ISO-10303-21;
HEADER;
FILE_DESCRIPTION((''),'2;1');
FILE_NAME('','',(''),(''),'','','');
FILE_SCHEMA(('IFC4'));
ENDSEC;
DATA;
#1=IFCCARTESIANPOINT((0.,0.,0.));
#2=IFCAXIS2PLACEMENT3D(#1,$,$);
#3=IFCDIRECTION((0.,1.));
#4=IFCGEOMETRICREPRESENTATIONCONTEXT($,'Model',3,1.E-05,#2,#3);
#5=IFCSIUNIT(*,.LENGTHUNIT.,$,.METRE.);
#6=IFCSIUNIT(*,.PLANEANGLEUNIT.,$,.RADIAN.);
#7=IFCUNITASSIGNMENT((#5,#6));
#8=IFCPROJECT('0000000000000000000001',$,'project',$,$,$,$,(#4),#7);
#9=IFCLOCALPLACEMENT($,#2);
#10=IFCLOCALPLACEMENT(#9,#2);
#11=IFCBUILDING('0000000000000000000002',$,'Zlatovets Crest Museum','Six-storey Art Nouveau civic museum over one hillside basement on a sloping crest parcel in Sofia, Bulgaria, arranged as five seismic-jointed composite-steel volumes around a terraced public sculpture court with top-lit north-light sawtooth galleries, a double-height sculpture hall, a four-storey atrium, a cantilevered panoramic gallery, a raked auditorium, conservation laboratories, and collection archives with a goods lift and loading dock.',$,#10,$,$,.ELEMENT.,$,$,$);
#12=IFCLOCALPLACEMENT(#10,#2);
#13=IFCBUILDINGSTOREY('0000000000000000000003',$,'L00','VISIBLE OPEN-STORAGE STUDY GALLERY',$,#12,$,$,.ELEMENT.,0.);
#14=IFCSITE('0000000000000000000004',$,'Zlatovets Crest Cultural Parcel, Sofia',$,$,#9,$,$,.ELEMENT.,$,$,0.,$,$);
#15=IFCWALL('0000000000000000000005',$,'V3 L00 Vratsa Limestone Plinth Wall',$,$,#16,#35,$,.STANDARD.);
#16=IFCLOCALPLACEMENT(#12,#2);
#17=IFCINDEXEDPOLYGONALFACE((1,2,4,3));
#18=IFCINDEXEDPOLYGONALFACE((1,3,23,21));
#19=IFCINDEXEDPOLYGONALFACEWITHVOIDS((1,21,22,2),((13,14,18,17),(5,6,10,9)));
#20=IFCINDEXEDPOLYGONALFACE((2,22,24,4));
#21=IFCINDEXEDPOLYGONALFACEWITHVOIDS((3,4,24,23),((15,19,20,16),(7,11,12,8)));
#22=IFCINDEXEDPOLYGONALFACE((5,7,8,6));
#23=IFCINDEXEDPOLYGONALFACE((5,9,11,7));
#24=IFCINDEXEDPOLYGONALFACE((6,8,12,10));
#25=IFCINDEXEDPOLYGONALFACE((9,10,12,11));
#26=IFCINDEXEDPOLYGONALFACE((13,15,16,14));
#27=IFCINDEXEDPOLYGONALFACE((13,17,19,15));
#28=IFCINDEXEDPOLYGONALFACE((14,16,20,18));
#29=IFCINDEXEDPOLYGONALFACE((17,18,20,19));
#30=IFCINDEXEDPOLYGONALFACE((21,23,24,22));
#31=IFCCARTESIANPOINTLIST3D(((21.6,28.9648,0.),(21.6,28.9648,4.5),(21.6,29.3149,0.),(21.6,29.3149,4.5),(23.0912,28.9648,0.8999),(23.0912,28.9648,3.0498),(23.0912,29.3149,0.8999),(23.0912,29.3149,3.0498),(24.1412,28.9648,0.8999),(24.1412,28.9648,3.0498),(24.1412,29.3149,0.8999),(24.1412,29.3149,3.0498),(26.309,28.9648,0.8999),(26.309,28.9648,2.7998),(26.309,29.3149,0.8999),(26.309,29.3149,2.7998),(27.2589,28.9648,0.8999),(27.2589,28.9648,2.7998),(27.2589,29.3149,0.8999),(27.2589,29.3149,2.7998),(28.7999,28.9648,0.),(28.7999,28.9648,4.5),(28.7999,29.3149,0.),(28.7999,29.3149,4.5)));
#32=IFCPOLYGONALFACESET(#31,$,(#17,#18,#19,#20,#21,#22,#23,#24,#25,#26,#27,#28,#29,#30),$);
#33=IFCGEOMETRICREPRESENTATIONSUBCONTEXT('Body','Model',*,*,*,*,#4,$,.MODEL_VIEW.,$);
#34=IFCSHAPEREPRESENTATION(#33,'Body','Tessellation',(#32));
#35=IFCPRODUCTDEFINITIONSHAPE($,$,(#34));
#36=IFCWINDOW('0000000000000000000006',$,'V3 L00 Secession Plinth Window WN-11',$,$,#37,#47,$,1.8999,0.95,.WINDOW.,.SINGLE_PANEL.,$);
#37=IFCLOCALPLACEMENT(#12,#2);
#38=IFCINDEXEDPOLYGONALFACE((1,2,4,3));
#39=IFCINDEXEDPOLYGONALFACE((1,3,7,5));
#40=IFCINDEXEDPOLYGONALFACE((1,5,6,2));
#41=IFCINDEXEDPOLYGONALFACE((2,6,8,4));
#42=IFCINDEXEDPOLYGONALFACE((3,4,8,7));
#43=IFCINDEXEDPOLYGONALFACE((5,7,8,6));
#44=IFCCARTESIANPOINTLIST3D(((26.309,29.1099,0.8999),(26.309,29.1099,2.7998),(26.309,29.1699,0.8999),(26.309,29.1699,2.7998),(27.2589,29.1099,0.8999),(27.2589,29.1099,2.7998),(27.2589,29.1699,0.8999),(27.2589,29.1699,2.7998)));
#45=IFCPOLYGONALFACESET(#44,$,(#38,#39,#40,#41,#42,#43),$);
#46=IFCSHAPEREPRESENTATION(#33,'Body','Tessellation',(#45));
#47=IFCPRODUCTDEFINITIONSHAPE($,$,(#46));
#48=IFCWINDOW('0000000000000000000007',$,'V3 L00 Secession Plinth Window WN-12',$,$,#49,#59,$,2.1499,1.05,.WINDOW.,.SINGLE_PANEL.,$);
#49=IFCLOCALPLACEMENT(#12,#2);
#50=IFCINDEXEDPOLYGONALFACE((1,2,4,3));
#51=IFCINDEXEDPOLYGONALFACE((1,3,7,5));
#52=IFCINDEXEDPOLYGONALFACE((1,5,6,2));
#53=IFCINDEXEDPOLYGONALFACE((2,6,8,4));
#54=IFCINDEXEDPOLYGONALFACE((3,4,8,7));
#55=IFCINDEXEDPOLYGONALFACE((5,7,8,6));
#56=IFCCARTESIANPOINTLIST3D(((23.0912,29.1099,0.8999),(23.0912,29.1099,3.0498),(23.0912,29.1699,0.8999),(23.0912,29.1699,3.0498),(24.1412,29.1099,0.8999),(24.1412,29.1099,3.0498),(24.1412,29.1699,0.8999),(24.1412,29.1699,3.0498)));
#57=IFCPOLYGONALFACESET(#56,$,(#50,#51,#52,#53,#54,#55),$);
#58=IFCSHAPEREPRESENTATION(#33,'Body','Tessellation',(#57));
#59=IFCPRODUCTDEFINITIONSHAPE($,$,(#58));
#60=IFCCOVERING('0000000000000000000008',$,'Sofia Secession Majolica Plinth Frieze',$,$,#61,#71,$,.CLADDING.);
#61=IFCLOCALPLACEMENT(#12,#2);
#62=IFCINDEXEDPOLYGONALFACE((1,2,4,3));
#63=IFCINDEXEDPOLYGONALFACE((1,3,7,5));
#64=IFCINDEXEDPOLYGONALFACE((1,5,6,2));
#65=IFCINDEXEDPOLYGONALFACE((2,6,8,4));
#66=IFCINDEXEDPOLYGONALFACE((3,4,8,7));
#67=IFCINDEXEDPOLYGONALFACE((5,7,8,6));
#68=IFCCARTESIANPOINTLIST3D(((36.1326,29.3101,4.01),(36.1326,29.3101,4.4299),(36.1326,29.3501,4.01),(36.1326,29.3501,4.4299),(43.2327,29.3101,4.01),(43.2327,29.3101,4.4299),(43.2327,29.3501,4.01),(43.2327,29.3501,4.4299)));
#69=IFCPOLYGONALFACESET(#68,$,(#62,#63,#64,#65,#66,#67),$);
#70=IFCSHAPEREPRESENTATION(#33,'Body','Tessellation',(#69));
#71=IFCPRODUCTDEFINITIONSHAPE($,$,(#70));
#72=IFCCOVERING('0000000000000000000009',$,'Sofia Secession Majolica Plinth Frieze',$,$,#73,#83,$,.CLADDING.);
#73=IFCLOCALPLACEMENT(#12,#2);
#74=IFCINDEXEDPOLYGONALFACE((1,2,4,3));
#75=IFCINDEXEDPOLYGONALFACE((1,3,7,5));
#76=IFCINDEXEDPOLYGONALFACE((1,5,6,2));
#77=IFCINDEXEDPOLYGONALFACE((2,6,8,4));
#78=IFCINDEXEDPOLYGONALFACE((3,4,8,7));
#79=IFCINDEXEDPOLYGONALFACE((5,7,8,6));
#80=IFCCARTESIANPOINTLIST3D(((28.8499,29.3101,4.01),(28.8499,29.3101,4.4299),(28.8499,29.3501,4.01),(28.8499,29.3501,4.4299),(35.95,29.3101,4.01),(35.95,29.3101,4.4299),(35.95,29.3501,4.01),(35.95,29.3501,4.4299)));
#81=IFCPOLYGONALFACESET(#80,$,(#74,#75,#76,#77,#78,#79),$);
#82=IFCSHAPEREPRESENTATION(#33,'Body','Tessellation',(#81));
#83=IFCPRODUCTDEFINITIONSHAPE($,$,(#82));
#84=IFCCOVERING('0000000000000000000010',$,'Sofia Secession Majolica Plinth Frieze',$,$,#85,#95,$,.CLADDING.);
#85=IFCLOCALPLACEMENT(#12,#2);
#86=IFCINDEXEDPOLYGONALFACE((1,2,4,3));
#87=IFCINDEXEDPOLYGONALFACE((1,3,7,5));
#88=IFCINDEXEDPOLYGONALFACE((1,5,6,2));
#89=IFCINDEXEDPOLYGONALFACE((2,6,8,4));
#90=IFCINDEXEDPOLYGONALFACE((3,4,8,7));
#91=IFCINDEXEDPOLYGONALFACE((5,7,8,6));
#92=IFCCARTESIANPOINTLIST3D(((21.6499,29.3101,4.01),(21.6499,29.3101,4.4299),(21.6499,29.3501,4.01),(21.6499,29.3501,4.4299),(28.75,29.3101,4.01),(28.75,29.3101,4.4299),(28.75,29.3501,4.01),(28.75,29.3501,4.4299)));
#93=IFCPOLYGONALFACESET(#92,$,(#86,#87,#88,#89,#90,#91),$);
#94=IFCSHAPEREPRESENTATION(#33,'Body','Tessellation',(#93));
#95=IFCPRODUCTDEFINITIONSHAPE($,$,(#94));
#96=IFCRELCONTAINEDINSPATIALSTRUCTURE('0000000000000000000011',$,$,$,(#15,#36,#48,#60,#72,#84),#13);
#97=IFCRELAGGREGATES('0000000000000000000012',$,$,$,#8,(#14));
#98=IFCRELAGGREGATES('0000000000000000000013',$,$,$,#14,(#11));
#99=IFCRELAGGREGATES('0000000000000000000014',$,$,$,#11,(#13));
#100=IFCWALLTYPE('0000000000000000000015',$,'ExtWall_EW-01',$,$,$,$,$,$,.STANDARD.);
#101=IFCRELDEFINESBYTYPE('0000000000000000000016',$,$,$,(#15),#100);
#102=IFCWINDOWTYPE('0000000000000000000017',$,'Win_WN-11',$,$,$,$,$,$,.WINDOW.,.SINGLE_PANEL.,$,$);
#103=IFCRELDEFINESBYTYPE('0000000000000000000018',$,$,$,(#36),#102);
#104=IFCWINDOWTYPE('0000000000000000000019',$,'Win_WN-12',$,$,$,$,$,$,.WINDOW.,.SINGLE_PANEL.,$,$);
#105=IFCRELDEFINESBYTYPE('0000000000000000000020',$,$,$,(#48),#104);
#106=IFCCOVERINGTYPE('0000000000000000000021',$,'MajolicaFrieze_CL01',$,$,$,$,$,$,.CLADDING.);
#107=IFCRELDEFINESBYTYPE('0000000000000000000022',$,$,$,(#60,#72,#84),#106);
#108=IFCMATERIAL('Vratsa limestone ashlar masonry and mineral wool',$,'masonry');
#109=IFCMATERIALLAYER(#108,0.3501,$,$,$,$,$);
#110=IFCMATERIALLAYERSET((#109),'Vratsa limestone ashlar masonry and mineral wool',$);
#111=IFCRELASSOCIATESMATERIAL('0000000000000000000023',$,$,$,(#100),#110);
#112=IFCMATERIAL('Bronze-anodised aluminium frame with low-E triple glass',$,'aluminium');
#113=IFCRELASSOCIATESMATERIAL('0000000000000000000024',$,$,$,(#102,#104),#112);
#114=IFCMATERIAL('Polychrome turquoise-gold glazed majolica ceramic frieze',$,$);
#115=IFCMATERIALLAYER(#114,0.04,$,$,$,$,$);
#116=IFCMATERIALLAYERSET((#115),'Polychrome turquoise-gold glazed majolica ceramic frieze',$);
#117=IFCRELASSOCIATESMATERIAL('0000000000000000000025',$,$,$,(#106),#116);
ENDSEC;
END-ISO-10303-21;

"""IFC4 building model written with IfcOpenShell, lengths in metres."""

from ifc_helpers import new_model, si_unit, direction, frame, frame_2d, origin, origin_2d, place, context, subcontext, project, spatial, rectangle, extrude, material, layer, layer_set, type_object, element, fill, save


model = new_model("IFC4")

# Units and contexts
model_context = context("Model", 3, precision=1e-05, world=origin(), true_north=direction((0.0, 1.0)))
body_context = subcontext(model_context, "Body", "Model", "MODEL_VIEW")
ifc_project = project(units=[si_unit("LENGTHUNIT", "METRE"), si_unit("PLANEANGLEUNIT", "RADIAN")], contexts=[model_context])

# Site, building, storey
site_placement = place(None, origin())
site = spatial("IfcSite", under=ifc_project, at=site_placement, Name="Zlatovets Crest Cultural Parcel, Sofia", CompositionType="ELEMENT", RefElevation=0.0)
building_placement = place(site_placement, origin())
building = spatial("IfcBuilding", under=site, at=building_placement, Name="Zlatovets Crest Museum", Description="Six-storey Art Nouveau civic museum over one hillside basement on a sloping crest parcel in Sofia, Bulgaria, arranged as five seismic-jointed composite-steel volumes around a terraced public sculpture court with top-lit north-light sawtooth galleries, a double-height sculpture hall, a four-storey atrium, a cantilevered panoramic gallery, a raked auditorium, conservation laboratories, and collection archives with a goods lift and loading dock.", CompositionType="ELEMENT")
storey_placement = place(building_placement, origin())
storey = spatial("IfcBuildingStorey", under=building, at=storey_placement, Name="L00", Description="VISIBLE OPEN-STORAGE STUDY GALLERY", CompositionType="ELEMENT", Elevation=0.0)

# Wall, openings, windows
ifc_material_1 = material(Name="Vratsa limestone ashlar masonry and mineral wool", Category="masonry")
ifc_layer_1 = layer(ifc_material_1, 0.3501)
ifc_layer_set_1 = layer_set([ifc_layer_1], Name="Vratsa limestone ashlar masonry and mineral wool")
wall_type = type_object("IfcWallType", Name="ExtWall_EW-01", PredefinedType="STANDARD", material=ifc_layer_set_1)
ifc_material_2 = material(Name="Bronze-anodised aluminium frame with low-E triple glass", Category="aluminium")
wall_1_placement = place(storey_placement, frame((28.8, 29.1399, 0.0), z_axis=(0.0, 0.0, 1.0), x_axis=(-1.0, 0.0, 0.0)))
wall_1 = element("IfcWall", 1, at=wall_1_placement, inside=storey, type_object=wall_type, Name="V3 L00 Vratsa Limestone Plinth Wall", PredefinedType="STANDARD", context=body_context, shape_type="SweptSolid", body=[
    extrude(rectangle(XDim=7.2, YDim=0.3501, at=frame_2d((3.6001, 0.0))), origin(), (0.0, 0.0, 1.0), 4.5),
])
opening_1_placement = place(wall_1_placement, frame((1.541, 0.0, 0.8999)))
opening_1 = element("IfcOpeningElement", 2, at=opening_1_placement, cuts=wall_1, PredefinedType="OPENING", context=body_context, shape_type="SweptSolid", body=[
    extrude(rectangle(XDim=0.95, YDim=1.8999, at=frame_2d((0.4751, 0.95))), frame((0.0, 0.1851, 0.0), z_axis=(0.0, -1.0, 0.0), x_axis=(1.0, 0.0, 0.0)), (0.0, 0.0, 1.0), 0.3701),
])
opening_2_placement = place(wall_1_placement, frame((4.6589, 0.0, 0.8999)))
opening_2 = element("IfcOpeningElement", 3, at=opening_2_placement, cuts=wall_1, PredefinedType="OPENING", context=body_context, shape_type="SweptSolid", body=[
    extrude(rectangle(XDim=1.05, YDim=2.1499, at=frame_2d((0.5249, 1.075))), frame((0.0, 0.1851, 0.0), z_axis=(0.0, -1.0, 0.0), x_axis=(1.0, 0.0, 0.0)), (0.0, 0.0, 1.0), 0.3701),
])
window_type_1 = type_object("IfcWindowType", Name="Win_WN-11", PartitioningType="SINGLE_PANEL", PredefinedType="WINDOW", material=ifc_material_2)
window_1_placement = place(opening_1_placement, origin())
window_1 = element("IfcWindow", 4, at=window_1_placement, inside=storey, type_object=window_type_1, Name="V3 L00 Secession Plinth Window WN-11", OverallHeight=1.8999, OverallWidth=0.95, PartitioningType="SINGLE_PANEL", PredefinedType="WINDOW", context=body_context, shape_type="SweptSolid", body=[
    extrude(rectangle(XDim=0.95, YDim=1.8999, at=frame_2d((0.4751, 0.95))), frame((0.0, 0.03, 0.0), z_axis=(0.0, -1.0, 0.0), x_axis=(1.0, 0.0, 0.0)), (0.0, 0.0, 1.0), 0.0601),
])
fill(opening_1, window_1)
window_type_2 = type_object("IfcWindowType", Name="Win_WN-12", PartitioningType="SINGLE_PANEL", PredefinedType="WINDOW", material=ifc_material_2)
window_2_placement = place(opening_2_placement, origin())
window_2 = element("IfcWindow", 5, at=window_2_placement, inside=storey, type_object=window_type_2, Name="V3 L00 Secession Plinth Window WN-12", OverallHeight=2.1499, OverallWidth=1.05, PartitioningType="SINGLE_PANEL", PredefinedType="WINDOW", context=body_context, shape_type="SweptSolid", body=[
    extrude(rectangle(XDim=1.05, YDim=2.1499, at=frame_2d((0.5249, 1.075))), frame((0.0, 0.03, 0.0), z_axis=(0.0, -1.0, 0.0), x_axis=(1.0, 0.0, 0.0)), (0.0, 0.0, 1.0), 0.0601),
])
fill(opening_2, window_2)

# Coverings
ifc_material_3 = material(Name="Polychrome turquoise-gold glazed majolica ceramic frieze")
ifc_layer_2 = layer(ifc_material_3, 0.04)
ifc_layer_set_2 = layer_set([ifc_layer_2], Name="Polychrome turquoise-gold glazed majolica ceramic frieze")
covering_type = type_object("IfcCoveringType", Name="MajolicaFrieze_CL01", PredefinedType="CLADDING", material=ifc_layer_set_2)
for number, where, z_axis, x_axis, name in (
    (6, (39.6826, 29.3301, 4.01), (0.0, 0.0, 1.0), (1.0, 0.0, 0.0), "Sofia Secession Majolica Plinth Frieze"),
    (7, (32.3999, 29.3301, 4.01), (0.0, 0.0, 1.0), (1.0, 0.0, 0.0), "Sofia Secession Majolica Plinth Frieze"),
    (8, (25.2, 29.3301, 4.01), (0.0, 0.0, 1.0), (1.0, 0.0, 0.0), "Sofia Secession Majolica Plinth Frieze"),
):
    element("IfcCovering", number, at=place(storey_placement, frame(where, z_axis=z_axis, x_axis=x_axis)), inside=storey, type_object=covering_type, Name=name, PredefinedType="CLADDING", context=body_context, shape_type="SweptSolid", body=[
        extrude(rectangle(XDim=7.1001, YDim=0.04, at=origin_2d()), origin(), (0.0, 0.0, 1.0), 0.4199),
    ])

save(model, "model.ifc")
